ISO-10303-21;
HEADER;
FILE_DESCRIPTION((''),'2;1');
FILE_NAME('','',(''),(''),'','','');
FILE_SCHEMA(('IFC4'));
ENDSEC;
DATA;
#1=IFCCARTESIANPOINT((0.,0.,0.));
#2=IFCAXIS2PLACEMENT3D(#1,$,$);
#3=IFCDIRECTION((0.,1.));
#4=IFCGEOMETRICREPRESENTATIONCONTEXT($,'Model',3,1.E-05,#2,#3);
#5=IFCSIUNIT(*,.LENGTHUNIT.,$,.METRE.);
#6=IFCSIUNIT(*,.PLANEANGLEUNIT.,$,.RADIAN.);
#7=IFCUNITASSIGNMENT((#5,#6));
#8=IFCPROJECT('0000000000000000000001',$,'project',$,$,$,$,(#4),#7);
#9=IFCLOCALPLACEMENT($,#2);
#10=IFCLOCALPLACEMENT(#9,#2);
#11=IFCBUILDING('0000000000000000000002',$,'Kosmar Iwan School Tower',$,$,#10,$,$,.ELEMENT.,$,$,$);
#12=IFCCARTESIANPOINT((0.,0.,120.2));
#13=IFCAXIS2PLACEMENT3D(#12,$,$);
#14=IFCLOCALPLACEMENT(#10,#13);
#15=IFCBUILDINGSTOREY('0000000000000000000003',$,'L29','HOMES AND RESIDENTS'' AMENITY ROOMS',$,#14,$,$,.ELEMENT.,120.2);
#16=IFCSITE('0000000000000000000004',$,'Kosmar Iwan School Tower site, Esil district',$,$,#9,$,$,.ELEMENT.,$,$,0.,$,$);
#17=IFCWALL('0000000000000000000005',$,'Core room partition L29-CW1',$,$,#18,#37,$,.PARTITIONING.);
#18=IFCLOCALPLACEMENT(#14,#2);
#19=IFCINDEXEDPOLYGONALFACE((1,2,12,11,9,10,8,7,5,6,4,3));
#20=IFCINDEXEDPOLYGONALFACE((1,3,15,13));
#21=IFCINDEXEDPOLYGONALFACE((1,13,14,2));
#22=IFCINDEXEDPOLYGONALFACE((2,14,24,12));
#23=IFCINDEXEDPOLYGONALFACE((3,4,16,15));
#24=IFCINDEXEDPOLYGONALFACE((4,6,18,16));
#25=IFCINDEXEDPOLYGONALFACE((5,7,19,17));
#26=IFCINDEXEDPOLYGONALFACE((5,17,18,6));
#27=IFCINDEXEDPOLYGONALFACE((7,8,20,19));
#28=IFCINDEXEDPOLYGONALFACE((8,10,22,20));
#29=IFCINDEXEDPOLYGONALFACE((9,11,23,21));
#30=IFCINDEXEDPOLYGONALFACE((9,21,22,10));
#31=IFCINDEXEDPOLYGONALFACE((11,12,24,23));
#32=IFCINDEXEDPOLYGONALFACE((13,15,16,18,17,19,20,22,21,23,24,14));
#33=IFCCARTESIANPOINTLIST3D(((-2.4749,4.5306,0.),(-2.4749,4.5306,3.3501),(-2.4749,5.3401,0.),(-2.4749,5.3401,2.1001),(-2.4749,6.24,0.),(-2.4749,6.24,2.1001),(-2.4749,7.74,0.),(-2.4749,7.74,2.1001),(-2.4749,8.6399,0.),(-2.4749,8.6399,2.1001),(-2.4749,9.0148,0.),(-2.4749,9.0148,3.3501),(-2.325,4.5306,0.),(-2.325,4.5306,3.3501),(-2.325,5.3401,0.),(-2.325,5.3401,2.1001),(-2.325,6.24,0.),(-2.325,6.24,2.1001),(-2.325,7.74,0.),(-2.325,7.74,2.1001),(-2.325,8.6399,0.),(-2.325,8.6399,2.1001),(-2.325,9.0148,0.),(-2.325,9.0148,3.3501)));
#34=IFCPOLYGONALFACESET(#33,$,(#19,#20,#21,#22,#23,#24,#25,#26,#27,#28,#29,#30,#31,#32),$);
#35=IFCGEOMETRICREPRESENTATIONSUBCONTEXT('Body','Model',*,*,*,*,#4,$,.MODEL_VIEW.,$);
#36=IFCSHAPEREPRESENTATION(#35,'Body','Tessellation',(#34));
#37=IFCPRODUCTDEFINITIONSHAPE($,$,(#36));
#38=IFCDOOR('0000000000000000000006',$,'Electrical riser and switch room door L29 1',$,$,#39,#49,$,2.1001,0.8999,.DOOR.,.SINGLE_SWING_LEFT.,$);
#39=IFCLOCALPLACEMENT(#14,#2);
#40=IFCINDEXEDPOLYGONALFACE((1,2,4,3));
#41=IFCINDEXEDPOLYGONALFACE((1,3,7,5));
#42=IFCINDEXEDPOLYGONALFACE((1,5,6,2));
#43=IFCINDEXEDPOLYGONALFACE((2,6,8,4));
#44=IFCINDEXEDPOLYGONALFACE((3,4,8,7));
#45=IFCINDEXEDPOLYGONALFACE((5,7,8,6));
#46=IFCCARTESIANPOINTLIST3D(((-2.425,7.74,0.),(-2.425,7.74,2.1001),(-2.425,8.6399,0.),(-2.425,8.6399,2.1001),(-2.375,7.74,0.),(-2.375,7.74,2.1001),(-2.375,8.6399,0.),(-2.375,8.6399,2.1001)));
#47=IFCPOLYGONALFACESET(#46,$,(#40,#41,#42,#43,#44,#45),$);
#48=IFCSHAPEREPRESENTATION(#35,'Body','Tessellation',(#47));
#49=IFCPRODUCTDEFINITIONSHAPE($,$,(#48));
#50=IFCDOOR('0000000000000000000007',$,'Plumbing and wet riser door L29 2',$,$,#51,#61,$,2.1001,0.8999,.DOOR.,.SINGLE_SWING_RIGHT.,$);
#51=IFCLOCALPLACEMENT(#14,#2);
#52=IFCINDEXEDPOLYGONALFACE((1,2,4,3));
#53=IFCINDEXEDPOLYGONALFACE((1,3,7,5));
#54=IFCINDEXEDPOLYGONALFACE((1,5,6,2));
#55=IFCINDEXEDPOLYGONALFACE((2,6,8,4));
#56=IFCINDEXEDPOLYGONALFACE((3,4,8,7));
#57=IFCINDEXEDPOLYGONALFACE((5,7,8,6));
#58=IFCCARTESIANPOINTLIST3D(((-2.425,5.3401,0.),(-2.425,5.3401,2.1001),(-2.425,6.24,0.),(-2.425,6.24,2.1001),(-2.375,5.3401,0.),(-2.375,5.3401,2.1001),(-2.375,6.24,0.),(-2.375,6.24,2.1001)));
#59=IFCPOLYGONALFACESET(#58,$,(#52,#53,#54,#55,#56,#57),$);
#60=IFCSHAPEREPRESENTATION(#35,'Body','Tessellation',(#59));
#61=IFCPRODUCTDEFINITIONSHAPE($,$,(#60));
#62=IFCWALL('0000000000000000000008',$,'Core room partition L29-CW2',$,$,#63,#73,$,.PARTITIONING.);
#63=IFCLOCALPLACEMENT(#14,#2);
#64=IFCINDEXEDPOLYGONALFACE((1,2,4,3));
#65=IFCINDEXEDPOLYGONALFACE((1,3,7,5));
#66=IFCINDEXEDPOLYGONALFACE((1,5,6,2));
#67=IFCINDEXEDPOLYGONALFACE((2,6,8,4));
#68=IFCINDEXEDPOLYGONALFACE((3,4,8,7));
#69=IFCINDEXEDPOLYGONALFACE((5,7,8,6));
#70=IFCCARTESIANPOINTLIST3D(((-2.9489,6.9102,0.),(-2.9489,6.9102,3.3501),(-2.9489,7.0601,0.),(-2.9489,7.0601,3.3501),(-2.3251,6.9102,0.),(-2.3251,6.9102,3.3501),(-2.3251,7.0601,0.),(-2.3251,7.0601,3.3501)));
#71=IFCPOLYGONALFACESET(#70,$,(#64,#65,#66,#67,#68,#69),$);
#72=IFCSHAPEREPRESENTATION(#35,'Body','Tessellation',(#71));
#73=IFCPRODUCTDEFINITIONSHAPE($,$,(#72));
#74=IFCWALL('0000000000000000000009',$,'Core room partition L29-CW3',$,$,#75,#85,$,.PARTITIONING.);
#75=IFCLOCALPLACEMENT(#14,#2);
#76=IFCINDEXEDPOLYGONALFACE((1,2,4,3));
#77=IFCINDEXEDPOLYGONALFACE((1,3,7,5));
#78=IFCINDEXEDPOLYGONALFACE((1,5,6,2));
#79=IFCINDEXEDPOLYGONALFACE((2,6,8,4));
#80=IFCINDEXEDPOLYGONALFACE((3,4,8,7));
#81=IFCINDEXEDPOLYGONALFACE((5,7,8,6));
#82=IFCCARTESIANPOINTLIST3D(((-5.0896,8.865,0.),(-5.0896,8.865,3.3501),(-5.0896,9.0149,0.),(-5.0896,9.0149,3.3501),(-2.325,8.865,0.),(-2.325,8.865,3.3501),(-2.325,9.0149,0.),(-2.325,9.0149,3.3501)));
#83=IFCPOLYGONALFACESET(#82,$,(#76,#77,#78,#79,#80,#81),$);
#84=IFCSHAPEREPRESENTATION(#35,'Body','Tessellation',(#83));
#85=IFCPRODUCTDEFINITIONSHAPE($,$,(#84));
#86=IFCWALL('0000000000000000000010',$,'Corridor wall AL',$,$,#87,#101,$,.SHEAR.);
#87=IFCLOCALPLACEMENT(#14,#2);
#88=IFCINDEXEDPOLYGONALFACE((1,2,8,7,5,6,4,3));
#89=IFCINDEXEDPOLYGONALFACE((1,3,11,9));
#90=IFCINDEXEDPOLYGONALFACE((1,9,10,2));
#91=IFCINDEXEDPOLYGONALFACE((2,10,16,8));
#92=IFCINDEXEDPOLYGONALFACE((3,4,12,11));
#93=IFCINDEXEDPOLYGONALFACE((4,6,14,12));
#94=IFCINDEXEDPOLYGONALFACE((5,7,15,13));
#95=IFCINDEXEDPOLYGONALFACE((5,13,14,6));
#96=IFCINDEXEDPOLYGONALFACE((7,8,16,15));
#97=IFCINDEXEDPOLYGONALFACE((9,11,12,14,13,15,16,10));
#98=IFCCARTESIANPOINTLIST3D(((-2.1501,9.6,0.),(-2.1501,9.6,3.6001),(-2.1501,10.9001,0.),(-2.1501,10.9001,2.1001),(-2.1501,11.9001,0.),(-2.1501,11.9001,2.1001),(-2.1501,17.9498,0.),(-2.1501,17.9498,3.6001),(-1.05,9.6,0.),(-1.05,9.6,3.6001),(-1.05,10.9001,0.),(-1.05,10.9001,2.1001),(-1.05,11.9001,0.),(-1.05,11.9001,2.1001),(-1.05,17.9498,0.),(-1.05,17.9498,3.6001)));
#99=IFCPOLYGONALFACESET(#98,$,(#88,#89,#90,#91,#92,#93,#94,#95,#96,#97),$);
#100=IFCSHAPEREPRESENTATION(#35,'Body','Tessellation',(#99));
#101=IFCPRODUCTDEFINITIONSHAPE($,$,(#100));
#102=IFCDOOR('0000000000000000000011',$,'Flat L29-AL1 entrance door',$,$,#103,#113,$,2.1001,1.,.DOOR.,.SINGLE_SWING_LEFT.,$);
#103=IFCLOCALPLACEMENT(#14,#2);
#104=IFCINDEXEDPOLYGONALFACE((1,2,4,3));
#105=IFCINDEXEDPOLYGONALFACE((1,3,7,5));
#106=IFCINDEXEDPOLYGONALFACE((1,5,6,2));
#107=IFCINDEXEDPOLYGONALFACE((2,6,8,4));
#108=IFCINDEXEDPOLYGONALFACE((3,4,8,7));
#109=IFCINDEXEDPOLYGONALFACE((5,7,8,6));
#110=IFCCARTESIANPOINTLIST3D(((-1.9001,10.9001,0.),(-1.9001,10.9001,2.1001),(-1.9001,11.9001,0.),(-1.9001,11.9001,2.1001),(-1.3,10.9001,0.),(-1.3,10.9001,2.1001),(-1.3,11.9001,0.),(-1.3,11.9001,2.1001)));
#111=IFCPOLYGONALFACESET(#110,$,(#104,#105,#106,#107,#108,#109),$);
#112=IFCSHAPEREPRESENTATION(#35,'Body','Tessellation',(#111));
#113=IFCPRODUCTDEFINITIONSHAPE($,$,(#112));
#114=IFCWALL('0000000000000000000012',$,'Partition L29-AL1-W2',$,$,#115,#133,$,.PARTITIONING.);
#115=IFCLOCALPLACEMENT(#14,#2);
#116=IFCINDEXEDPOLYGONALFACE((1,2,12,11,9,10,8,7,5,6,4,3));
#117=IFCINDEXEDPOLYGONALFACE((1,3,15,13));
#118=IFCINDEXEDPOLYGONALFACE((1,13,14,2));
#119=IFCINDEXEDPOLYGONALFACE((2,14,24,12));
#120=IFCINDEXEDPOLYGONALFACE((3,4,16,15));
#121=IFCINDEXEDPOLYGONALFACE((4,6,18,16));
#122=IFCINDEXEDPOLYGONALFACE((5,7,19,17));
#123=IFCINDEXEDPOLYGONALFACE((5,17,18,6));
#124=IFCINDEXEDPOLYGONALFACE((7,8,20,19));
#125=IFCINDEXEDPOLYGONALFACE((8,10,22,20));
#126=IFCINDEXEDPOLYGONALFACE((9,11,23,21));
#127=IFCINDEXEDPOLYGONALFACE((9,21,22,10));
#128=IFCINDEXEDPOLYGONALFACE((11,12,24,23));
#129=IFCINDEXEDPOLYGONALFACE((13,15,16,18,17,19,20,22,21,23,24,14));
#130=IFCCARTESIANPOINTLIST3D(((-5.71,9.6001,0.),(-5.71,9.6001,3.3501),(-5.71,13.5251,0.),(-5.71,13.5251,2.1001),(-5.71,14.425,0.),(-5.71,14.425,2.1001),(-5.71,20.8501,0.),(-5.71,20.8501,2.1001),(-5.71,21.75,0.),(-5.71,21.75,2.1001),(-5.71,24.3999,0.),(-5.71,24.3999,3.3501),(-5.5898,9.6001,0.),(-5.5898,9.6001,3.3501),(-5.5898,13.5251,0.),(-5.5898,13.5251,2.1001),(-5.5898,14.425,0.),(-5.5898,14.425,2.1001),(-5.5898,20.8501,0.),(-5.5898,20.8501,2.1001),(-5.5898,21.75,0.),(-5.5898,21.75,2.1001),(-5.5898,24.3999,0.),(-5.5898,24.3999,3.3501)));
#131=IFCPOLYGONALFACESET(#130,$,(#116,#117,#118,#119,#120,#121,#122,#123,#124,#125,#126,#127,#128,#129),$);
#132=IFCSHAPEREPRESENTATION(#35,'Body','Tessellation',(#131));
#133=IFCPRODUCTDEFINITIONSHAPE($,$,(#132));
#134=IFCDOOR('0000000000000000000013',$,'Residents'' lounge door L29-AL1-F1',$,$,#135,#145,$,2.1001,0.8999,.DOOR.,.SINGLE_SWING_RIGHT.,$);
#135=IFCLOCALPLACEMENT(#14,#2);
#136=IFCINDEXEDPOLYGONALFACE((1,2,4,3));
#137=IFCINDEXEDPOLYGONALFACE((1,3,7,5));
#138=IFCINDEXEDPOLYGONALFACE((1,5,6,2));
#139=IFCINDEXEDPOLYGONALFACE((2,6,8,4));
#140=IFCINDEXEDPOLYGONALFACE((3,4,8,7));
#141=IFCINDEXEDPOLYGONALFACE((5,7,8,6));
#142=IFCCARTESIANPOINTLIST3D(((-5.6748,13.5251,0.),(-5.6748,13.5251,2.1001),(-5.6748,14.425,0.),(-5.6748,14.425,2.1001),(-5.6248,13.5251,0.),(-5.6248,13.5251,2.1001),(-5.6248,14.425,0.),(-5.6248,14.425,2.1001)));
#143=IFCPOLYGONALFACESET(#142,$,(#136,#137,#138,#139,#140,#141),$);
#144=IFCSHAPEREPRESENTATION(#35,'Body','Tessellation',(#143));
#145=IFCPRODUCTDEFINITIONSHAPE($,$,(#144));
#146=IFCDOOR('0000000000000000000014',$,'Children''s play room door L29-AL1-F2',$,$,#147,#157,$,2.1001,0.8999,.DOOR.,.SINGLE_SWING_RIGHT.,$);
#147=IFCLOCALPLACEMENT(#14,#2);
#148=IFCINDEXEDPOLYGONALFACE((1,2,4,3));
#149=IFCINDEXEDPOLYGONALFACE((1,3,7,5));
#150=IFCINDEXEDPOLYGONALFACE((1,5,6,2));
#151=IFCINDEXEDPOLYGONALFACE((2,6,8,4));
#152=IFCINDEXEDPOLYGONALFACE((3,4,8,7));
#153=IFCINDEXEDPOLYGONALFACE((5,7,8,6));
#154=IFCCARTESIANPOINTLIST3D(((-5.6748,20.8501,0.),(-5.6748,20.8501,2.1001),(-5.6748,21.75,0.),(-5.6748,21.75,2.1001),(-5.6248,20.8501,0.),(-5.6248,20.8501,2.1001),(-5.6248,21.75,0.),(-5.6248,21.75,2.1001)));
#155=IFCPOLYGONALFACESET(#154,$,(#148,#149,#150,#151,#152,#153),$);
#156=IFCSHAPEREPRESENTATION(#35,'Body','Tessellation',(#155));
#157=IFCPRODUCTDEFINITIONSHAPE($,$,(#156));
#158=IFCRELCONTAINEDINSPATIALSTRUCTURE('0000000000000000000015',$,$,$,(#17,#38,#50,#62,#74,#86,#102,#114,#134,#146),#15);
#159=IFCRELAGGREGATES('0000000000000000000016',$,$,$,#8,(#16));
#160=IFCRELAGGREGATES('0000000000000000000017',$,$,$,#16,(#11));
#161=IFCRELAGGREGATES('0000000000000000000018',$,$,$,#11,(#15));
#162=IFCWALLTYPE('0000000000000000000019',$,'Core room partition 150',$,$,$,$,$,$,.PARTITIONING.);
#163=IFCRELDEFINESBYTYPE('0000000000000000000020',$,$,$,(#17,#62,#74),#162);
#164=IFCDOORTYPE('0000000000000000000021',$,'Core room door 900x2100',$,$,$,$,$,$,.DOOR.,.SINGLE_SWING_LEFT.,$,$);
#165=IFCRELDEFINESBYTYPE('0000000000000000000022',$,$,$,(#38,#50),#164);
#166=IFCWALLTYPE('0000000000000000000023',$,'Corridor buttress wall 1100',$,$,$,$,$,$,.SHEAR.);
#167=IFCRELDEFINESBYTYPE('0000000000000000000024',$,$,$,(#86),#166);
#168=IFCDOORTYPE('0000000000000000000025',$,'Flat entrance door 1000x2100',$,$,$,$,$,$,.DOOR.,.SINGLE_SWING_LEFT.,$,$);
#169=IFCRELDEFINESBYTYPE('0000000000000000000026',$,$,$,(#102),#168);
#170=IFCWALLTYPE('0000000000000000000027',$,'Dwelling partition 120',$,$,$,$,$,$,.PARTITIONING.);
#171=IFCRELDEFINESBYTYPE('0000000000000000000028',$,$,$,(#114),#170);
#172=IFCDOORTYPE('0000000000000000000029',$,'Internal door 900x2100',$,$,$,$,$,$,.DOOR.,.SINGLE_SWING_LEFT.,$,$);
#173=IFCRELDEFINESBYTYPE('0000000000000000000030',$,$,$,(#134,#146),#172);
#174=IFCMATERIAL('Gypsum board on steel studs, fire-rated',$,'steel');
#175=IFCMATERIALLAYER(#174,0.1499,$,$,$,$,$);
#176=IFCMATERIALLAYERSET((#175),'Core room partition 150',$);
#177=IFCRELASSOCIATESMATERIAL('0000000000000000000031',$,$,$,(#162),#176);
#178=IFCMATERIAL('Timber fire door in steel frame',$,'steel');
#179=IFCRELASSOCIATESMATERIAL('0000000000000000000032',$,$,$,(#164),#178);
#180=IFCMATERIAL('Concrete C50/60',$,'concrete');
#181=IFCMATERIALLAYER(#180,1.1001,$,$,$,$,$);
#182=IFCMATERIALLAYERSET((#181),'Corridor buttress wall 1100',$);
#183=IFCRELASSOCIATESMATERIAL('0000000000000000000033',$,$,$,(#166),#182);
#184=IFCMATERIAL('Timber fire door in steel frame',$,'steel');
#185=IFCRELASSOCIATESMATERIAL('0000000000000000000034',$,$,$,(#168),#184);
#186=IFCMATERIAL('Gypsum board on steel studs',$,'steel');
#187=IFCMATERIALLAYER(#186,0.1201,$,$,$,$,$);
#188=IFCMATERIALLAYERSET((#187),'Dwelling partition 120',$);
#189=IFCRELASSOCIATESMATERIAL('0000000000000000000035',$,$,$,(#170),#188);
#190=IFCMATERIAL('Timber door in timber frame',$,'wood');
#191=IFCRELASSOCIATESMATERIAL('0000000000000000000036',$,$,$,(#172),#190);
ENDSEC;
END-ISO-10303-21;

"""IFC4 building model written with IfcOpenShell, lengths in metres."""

from ifc_helpers import new_model, si_unit, direction, frame, frame_2d, origin, place, context, subcontext, project, spatial, rectangle, extrude, material, layer, layer_set, type_object, element, fill, save


model = new_model("IFC4")

# Units and contexts
model_context = context("Model", 3, precision=1e-05, world=origin(), true_north=direction((0.0, 1.0)))
body_context = subcontext(model_context, "Body", "Model", "MODEL_VIEW")
ifc_project = project(units=[si_unit("LENGTHUNIT", "METRE"), si_unit("PLANEANGLEUNIT", "RADIAN")], contexts=[model_context])

# Site, building, storey
site_placement = place(None, origin())
site = spatial("IfcSite", under=ifc_project, at=site_placement, Name="Kosmar Iwan School Tower site, Esil district", CompositionType="ELEMENT", RefElevation=0.0)
building_placement = place(site_placement, origin())
building = spatial("IfcBuilding", under=site, at=building_placement, Name="Kosmar Iwan School Tower", CompositionType="ELEMENT")
storey_placement = place(building_placement, frame((0.0, 0.0, 120.2)))
storey = spatial("IfcBuildingStorey", under=building, at=storey_placement, Name="L29", Description="HOMES AND RESIDENTS' AMENITY ROOMS", CompositionType="ELEMENT", Elevation=120.2)

# Wall, openings, doors
ifc_material_1 = material(Name="Gypsum board on steel studs, fire-rated", Category="steel")
ifc_layer_1 = layer(ifc_material_1, 0.1499)
ifc_layer_set_1 = layer_set([ifc_layer_1], Name="Core room partition 150")
wall_type_1 = type_object("IfcWallType", Name="Core room partition 150", PredefinedType="PARTITIONING", material=ifc_layer_set_1)
wall_1_placement = place(storey_placement, frame((-2.3999, 9.0149, 0.0), z_axis=(0.0, 0.0, 1.0), x_axis=(0.0, -1.0, 0.0)))
wall_1 = element("IfcWall", 1, at=wall_1_placement, inside=storey, type_object=wall_type_1, Name="Core room partition L29-CW1", PredefinedType="PARTITIONING", context=body_context, shape_type="SweptSolid", body=[
    extrude(rectangle(XDim=4.4841, YDim=0.1499, at=frame_2d((2.2422, 0.0))), origin(), (0.0, 0.0, 1.0), 3.3501),
])
opening_1_placement = place(wall_1_placement, frame((0.375, 0.0, 0.0)))
opening_1 = element("IfcOpeningElement", 2, at=opening_1_placement, cuts=wall_1, PredefinedType="OPENING", context=body_context, shape_type="SweptSolid", body=[
    extrude(rectangle(XDim=0.8999, YDim=2.1001, at=frame_2d((0.45, 1.05))), frame((0.0, 0.0869, 0.0), z_axis=(0.0, -1.0, 0.0), x_axis=(1.0, 0.0, 0.0)), (0.0, 0.0, 1.0), 0.1738),
])
opening_2_placement = place(wall_1_placement, frame((2.7749, 0.0, 0.0)))
opening_2 = element("IfcOpeningElement", 3, at=opening_2_placement, cuts=wall_1, PredefinedType="OPENING", context=body_context, shape_type="SweptSolid", body=[
    extrude(rectangle(XDim=0.8999, YDim=2.1001, at=frame_2d((0.45, 1.05))), frame((0.0, 0.0869, 0.0), z_axis=(0.0, -1.0, 0.0), x_axis=(1.0, 0.0, 0.0)), (0.0, 0.0, 1.0), 0.1738),
])
ifc_material_2 = material(Name="Timber fire door in steel frame", Category="steel")
door_type_1 = type_object("IfcDoorType", Name="Core room door 900x2100", OperationType="SINGLE_SWING_LEFT", PredefinedType="DOOR", material=ifc_material_2)
door_1_placement = place(opening_1_placement, origin())
door_1 = element("IfcDoor", 4, at=door_1_placement, inside=storey, type_object=door_type_1, Name="Electrical riser and switch room door L29 1", OperationType="SINGLE_SWING_LEFT", OverallHeight=2.1001, OverallWidth=0.8999, PredefinedType="DOOR", context=body_context, shape_type="SweptSolid", body=[
    extrude(rectangle(XDim=0.8999, YDim=2.1001, at=frame_2d((0.45, 1.05))), frame((0.0, 0.0249, 0.0), z_axis=(0.0, -1.0, 0.0), x_axis=(1.0, 0.0, 0.0)), (0.0, 0.0, 1.0), 0.05),
])
fill(opening_1, door_1)
door_2_placement = place(opening_2_placement, origin())
door_2 = element("IfcDoor", 5, at=door_2_placement, inside=storey, type_object=door_type_1, Name="Plumbing and wet riser door L29 2", OperationType="SINGLE_SWING_RIGHT", OverallHeight=2.1001, OverallWidth=0.8999, PredefinedType="DOOR", context=body_context, shape_type="SweptSolid", body=[
    extrude(rectangle(XDim=0.8999, YDim=2.1001, at=frame_2d((0.45, 1.05))), frame((0.0, 0.0249, 0.0), z_axis=(0.0, -1.0, 0.0), x_axis=(1.0, 0.0, 0.0)), (0.0, 0.0, 1.0), 0.05),
])
fill(opening_2, door_2)

# Walls
wall_2_placement = place(storey_placement, frame((-2.325, 6.9851, 0.0), z_axis=(0.0, 0.0, 1.0), x_axis=(-1.0, 0.0, 0.0)))
element("IfcWall", 6, at=wall_2_placement, inside=storey, type_object=wall_type_1, Name="Core room partition L29-CW2", PredefinedType="PARTITIONING", context=body_context, shape_type="SweptSolid", body=[
    extrude(rectangle(XDim=0.6238, YDim=0.1499, at=frame_2d((0.312, 0.0))), origin(), (0.0, 0.0, 1.0), 3.3501),
])
wall_3_placement = place(storey_placement, frame((-5.0896, 8.9399, 0.0), z_axis=(0.0, 0.0, 1.0), x_axis=(1.0, 0.0, 0.0)))
element("IfcWall", 7, at=wall_3_placement, inside=storey, type_object=wall_type_1, Name="Core room partition L29-CW3", PredefinedType="PARTITIONING", context=body_context, shape_type="SweptSolid", body=[
    extrude(rectangle(XDim=2.7646, YDim=0.1499, at=frame_2d((1.3823, 0.0))), origin(), (0.0, 0.0, 1.0), 3.3501),
])

# Wall, opening, door
ifc_material_3 = material(Name="Concrete C50/60", Category="concrete")
ifc_layer_2 = layer(ifc_material_3, 1.1001)
ifc_layer_set_2 = layer_set([ifc_layer_2], Name="Corridor buttress wall 1100")
wall_type_2 = type_object("IfcWallType", Name="Corridor buttress wall 1100", PredefinedType="SHEAR", material=ifc_layer_set_2)
wall_4_placement = place(storey_placement, frame((-1.6001, 9.6001, 0.0), z_axis=(0.0, 0.0, 1.0), x_axis=(0.0, 1.0, 0.0)))
wall_4 = element("IfcWall", 8, at=wall_4_placement, inside=storey, type_object=wall_type_2, Name="Corridor wall AL", PredefinedType="SHEAR", context=body_context, shape_type="SweptSolid", body=[
    extrude(rectangle(XDim=8.3499, YDim=1.1001, at=frame_2d((4.1748, 0.0))), origin(), (0.0, 0.0, 1.0), 3.6001),
])
opening_3_placement = place(wall_4_placement, frame((1.3, 0.0, 0.0)))
opening_3 = element("IfcOpeningElement", 9, at=opening_3_placement, cuts=wall_4, PredefinedType="OPENING", context=body_context, shape_type="SweptSolid", body=[
    extrude(rectangle(XDim=1.0, YDim=2.1001, at=frame_2d((0.5, 1.05))), frame((0.0, 0.562, 0.0), z_axis=(0.0, -1.0, 0.0), x_axis=(1.0, 0.0, 0.0)), (0.0, 0.0, 1.0), 1.124),
])
ifc_material_4 = material(Name="Timber fire door in steel frame", Category="steel")
door_type_2 = type_object("IfcDoorType", Name="Flat entrance door 1000x2100", OperationType="SINGLE_SWING_LEFT", PredefinedType="DOOR", material=ifc_material_4)
door_3_placement = place(opening_3_placement, origin())
door_3 = element("IfcDoor", 10, at=door_3_placement, inside=storey, type_object=door_type_2, Name="Flat L29-AL1 entrance door", OperationType="SINGLE_SWING_LEFT", OverallHeight=2.1001, OverallWidth=1.0, PredefinedType="DOOR", context=body_context, shape_type="SweptSolid", body=[
    extrude(rectangle(XDim=1.0, YDim=2.1001, at=frame_2d((0.5, 1.05))), frame((0.0, 0.3, 0.0), z_axis=(0.0, -1.0, 0.0), x_axis=(1.0, 0.0, 0.0)), (0.0, 0.0, 1.0), 0.6001),
])
fill(opening_3, door_3)

# Wall, openings, doors
ifc_material_5 = material(Name="Gypsum board on steel studs", Category="steel")
ifc_layer_3 = layer(ifc_material_5, 0.1201)
ifc_layer_set_3 = layer_set([ifc_layer_3], Name="Dwelling partition 120")
wall_type_3 = type_object("IfcWallType", Name="Dwelling partition 120", PredefinedType="PARTITIONING", material=ifc_layer_set_3)
wall_5_placement = place(storey_placement, frame((-5.6499, 9.6001, 0.0), z_axis=(0.0, 0.0, 1.0), x_axis=(0.0, 1.0, 0.0)))
wall_5 = element("IfcWall", 11, at=wall_5_placement, inside=storey, type_object=wall_type_3, Name="Partition L29-AL1-W2", PredefinedType="PARTITIONING", context=body_context, shape_type="SweptSolid", body=[
    extrude(rectangle(XDim=14.7998, YDim=0.1201, at=frame_2d((7.3999, 0.0))), origin(), (0.0, 0.0, 1.0), 3.3501),
])
opening_4_placement = place(wall_5_placement, frame((3.925, 0.0, 0.0)))
opening_4 = element("IfcOpeningElement", 12, at=opening_4_placement, cuts=wall_5, PredefinedType="OPENING", context=body_context, shape_type="SweptSolid", body=[
    extrude(rectangle(XDim=0.8999, YDim=2.1001, at=frame_2d((0.45, 1.05))), frame((0.0, 0.072, 0.0), z_axis=(0.0, -1.0, 0.0), x_axis=(1.0, 0.0, 0.0)), (0.0, 0.0, 1.0), 0.144),
])
opening_5_placement = place(wall_5_placement, frame((11.25, 0.0, 0.0)))
opening_5 = element("IfcOpeningElement", 13, at=opening_5_placement, cuts=wall_5, PredefinedType="OPENING", context=body_context, shape_type="SweptSolid", body=[
    extrude(rectangle(XDim=0.8999, YDim=2.1001, at=frame_2d((0.45, 1.05))), frame((0.0, 0.072, 0.0), z_axis=(0.0, -1.0, 0.0), x_axis=(1.0, 0.0, 0.0)), (0.0, 0.0, 1.0), 0.144),
])
ifc_material_6 = material(Name="Timber door in timber frame", Category="wood")
door_type_3 = type_object("IfcDoorType", Name="Internal door 900x2100", OperationType="SINGLE_SWING_LEFT", PredefinedType="DOOR", material=ifc_material_6)
door_4_placement = place(opening_4_placement, origin())
door_4 = element("IfcDoor", 14, at=door_4_placement, inside=storey, type_object=door_type_3, Name="Residents' lounge door L29-AL1-F1", OperationType="SINGLE_SWING_RIGHT", OverallHeight=2.1001, OverallWidth=0.8999, PredefinedType="DOOR", context=body_context, shape_type="SweptSolid", body=[
    extrude(rectangle(XDim=0.8999, YDim=2.1001, at=frame_2d((0.45, 1.05))), frame((0.0, 0.0249, 0.0), z_axis=(0.0, -1.0, 0.0), x_axis=(1.0, 0.0, 0.0)), (0.0, 0.0, 1.0), 0.05),
])
fill(opening_4, door_4)
door_5_placement = place(opening_5_placement, origin())
door_5 = element("IfcDoor", 15, at=door_5_placement, inside=storey, type_object=door_type_3, Name="Children's play room door L29-AL1-F2", OperationType="SINGLE_SWING_RIGHT", OverallHeight=2.1001, OverallWidth=0.8999, PredefinedType="DOOR", context=body_context, shape_type="SweptSolid", body=[
    extrude(rectangle(XDim=0.8999, YDim=2.1001, at=frame_2d((0.45, 1.05))), frame((0.0, 0.0249, 0.0), z_axis=(0.0, -1.0, 0.0), x_axis=(1.0, 0.0, 0.0)), (0.0, 0.0, 1.0), 0.05),
])
fill(opening_5, door_5)

save(model, "model.ifc")
